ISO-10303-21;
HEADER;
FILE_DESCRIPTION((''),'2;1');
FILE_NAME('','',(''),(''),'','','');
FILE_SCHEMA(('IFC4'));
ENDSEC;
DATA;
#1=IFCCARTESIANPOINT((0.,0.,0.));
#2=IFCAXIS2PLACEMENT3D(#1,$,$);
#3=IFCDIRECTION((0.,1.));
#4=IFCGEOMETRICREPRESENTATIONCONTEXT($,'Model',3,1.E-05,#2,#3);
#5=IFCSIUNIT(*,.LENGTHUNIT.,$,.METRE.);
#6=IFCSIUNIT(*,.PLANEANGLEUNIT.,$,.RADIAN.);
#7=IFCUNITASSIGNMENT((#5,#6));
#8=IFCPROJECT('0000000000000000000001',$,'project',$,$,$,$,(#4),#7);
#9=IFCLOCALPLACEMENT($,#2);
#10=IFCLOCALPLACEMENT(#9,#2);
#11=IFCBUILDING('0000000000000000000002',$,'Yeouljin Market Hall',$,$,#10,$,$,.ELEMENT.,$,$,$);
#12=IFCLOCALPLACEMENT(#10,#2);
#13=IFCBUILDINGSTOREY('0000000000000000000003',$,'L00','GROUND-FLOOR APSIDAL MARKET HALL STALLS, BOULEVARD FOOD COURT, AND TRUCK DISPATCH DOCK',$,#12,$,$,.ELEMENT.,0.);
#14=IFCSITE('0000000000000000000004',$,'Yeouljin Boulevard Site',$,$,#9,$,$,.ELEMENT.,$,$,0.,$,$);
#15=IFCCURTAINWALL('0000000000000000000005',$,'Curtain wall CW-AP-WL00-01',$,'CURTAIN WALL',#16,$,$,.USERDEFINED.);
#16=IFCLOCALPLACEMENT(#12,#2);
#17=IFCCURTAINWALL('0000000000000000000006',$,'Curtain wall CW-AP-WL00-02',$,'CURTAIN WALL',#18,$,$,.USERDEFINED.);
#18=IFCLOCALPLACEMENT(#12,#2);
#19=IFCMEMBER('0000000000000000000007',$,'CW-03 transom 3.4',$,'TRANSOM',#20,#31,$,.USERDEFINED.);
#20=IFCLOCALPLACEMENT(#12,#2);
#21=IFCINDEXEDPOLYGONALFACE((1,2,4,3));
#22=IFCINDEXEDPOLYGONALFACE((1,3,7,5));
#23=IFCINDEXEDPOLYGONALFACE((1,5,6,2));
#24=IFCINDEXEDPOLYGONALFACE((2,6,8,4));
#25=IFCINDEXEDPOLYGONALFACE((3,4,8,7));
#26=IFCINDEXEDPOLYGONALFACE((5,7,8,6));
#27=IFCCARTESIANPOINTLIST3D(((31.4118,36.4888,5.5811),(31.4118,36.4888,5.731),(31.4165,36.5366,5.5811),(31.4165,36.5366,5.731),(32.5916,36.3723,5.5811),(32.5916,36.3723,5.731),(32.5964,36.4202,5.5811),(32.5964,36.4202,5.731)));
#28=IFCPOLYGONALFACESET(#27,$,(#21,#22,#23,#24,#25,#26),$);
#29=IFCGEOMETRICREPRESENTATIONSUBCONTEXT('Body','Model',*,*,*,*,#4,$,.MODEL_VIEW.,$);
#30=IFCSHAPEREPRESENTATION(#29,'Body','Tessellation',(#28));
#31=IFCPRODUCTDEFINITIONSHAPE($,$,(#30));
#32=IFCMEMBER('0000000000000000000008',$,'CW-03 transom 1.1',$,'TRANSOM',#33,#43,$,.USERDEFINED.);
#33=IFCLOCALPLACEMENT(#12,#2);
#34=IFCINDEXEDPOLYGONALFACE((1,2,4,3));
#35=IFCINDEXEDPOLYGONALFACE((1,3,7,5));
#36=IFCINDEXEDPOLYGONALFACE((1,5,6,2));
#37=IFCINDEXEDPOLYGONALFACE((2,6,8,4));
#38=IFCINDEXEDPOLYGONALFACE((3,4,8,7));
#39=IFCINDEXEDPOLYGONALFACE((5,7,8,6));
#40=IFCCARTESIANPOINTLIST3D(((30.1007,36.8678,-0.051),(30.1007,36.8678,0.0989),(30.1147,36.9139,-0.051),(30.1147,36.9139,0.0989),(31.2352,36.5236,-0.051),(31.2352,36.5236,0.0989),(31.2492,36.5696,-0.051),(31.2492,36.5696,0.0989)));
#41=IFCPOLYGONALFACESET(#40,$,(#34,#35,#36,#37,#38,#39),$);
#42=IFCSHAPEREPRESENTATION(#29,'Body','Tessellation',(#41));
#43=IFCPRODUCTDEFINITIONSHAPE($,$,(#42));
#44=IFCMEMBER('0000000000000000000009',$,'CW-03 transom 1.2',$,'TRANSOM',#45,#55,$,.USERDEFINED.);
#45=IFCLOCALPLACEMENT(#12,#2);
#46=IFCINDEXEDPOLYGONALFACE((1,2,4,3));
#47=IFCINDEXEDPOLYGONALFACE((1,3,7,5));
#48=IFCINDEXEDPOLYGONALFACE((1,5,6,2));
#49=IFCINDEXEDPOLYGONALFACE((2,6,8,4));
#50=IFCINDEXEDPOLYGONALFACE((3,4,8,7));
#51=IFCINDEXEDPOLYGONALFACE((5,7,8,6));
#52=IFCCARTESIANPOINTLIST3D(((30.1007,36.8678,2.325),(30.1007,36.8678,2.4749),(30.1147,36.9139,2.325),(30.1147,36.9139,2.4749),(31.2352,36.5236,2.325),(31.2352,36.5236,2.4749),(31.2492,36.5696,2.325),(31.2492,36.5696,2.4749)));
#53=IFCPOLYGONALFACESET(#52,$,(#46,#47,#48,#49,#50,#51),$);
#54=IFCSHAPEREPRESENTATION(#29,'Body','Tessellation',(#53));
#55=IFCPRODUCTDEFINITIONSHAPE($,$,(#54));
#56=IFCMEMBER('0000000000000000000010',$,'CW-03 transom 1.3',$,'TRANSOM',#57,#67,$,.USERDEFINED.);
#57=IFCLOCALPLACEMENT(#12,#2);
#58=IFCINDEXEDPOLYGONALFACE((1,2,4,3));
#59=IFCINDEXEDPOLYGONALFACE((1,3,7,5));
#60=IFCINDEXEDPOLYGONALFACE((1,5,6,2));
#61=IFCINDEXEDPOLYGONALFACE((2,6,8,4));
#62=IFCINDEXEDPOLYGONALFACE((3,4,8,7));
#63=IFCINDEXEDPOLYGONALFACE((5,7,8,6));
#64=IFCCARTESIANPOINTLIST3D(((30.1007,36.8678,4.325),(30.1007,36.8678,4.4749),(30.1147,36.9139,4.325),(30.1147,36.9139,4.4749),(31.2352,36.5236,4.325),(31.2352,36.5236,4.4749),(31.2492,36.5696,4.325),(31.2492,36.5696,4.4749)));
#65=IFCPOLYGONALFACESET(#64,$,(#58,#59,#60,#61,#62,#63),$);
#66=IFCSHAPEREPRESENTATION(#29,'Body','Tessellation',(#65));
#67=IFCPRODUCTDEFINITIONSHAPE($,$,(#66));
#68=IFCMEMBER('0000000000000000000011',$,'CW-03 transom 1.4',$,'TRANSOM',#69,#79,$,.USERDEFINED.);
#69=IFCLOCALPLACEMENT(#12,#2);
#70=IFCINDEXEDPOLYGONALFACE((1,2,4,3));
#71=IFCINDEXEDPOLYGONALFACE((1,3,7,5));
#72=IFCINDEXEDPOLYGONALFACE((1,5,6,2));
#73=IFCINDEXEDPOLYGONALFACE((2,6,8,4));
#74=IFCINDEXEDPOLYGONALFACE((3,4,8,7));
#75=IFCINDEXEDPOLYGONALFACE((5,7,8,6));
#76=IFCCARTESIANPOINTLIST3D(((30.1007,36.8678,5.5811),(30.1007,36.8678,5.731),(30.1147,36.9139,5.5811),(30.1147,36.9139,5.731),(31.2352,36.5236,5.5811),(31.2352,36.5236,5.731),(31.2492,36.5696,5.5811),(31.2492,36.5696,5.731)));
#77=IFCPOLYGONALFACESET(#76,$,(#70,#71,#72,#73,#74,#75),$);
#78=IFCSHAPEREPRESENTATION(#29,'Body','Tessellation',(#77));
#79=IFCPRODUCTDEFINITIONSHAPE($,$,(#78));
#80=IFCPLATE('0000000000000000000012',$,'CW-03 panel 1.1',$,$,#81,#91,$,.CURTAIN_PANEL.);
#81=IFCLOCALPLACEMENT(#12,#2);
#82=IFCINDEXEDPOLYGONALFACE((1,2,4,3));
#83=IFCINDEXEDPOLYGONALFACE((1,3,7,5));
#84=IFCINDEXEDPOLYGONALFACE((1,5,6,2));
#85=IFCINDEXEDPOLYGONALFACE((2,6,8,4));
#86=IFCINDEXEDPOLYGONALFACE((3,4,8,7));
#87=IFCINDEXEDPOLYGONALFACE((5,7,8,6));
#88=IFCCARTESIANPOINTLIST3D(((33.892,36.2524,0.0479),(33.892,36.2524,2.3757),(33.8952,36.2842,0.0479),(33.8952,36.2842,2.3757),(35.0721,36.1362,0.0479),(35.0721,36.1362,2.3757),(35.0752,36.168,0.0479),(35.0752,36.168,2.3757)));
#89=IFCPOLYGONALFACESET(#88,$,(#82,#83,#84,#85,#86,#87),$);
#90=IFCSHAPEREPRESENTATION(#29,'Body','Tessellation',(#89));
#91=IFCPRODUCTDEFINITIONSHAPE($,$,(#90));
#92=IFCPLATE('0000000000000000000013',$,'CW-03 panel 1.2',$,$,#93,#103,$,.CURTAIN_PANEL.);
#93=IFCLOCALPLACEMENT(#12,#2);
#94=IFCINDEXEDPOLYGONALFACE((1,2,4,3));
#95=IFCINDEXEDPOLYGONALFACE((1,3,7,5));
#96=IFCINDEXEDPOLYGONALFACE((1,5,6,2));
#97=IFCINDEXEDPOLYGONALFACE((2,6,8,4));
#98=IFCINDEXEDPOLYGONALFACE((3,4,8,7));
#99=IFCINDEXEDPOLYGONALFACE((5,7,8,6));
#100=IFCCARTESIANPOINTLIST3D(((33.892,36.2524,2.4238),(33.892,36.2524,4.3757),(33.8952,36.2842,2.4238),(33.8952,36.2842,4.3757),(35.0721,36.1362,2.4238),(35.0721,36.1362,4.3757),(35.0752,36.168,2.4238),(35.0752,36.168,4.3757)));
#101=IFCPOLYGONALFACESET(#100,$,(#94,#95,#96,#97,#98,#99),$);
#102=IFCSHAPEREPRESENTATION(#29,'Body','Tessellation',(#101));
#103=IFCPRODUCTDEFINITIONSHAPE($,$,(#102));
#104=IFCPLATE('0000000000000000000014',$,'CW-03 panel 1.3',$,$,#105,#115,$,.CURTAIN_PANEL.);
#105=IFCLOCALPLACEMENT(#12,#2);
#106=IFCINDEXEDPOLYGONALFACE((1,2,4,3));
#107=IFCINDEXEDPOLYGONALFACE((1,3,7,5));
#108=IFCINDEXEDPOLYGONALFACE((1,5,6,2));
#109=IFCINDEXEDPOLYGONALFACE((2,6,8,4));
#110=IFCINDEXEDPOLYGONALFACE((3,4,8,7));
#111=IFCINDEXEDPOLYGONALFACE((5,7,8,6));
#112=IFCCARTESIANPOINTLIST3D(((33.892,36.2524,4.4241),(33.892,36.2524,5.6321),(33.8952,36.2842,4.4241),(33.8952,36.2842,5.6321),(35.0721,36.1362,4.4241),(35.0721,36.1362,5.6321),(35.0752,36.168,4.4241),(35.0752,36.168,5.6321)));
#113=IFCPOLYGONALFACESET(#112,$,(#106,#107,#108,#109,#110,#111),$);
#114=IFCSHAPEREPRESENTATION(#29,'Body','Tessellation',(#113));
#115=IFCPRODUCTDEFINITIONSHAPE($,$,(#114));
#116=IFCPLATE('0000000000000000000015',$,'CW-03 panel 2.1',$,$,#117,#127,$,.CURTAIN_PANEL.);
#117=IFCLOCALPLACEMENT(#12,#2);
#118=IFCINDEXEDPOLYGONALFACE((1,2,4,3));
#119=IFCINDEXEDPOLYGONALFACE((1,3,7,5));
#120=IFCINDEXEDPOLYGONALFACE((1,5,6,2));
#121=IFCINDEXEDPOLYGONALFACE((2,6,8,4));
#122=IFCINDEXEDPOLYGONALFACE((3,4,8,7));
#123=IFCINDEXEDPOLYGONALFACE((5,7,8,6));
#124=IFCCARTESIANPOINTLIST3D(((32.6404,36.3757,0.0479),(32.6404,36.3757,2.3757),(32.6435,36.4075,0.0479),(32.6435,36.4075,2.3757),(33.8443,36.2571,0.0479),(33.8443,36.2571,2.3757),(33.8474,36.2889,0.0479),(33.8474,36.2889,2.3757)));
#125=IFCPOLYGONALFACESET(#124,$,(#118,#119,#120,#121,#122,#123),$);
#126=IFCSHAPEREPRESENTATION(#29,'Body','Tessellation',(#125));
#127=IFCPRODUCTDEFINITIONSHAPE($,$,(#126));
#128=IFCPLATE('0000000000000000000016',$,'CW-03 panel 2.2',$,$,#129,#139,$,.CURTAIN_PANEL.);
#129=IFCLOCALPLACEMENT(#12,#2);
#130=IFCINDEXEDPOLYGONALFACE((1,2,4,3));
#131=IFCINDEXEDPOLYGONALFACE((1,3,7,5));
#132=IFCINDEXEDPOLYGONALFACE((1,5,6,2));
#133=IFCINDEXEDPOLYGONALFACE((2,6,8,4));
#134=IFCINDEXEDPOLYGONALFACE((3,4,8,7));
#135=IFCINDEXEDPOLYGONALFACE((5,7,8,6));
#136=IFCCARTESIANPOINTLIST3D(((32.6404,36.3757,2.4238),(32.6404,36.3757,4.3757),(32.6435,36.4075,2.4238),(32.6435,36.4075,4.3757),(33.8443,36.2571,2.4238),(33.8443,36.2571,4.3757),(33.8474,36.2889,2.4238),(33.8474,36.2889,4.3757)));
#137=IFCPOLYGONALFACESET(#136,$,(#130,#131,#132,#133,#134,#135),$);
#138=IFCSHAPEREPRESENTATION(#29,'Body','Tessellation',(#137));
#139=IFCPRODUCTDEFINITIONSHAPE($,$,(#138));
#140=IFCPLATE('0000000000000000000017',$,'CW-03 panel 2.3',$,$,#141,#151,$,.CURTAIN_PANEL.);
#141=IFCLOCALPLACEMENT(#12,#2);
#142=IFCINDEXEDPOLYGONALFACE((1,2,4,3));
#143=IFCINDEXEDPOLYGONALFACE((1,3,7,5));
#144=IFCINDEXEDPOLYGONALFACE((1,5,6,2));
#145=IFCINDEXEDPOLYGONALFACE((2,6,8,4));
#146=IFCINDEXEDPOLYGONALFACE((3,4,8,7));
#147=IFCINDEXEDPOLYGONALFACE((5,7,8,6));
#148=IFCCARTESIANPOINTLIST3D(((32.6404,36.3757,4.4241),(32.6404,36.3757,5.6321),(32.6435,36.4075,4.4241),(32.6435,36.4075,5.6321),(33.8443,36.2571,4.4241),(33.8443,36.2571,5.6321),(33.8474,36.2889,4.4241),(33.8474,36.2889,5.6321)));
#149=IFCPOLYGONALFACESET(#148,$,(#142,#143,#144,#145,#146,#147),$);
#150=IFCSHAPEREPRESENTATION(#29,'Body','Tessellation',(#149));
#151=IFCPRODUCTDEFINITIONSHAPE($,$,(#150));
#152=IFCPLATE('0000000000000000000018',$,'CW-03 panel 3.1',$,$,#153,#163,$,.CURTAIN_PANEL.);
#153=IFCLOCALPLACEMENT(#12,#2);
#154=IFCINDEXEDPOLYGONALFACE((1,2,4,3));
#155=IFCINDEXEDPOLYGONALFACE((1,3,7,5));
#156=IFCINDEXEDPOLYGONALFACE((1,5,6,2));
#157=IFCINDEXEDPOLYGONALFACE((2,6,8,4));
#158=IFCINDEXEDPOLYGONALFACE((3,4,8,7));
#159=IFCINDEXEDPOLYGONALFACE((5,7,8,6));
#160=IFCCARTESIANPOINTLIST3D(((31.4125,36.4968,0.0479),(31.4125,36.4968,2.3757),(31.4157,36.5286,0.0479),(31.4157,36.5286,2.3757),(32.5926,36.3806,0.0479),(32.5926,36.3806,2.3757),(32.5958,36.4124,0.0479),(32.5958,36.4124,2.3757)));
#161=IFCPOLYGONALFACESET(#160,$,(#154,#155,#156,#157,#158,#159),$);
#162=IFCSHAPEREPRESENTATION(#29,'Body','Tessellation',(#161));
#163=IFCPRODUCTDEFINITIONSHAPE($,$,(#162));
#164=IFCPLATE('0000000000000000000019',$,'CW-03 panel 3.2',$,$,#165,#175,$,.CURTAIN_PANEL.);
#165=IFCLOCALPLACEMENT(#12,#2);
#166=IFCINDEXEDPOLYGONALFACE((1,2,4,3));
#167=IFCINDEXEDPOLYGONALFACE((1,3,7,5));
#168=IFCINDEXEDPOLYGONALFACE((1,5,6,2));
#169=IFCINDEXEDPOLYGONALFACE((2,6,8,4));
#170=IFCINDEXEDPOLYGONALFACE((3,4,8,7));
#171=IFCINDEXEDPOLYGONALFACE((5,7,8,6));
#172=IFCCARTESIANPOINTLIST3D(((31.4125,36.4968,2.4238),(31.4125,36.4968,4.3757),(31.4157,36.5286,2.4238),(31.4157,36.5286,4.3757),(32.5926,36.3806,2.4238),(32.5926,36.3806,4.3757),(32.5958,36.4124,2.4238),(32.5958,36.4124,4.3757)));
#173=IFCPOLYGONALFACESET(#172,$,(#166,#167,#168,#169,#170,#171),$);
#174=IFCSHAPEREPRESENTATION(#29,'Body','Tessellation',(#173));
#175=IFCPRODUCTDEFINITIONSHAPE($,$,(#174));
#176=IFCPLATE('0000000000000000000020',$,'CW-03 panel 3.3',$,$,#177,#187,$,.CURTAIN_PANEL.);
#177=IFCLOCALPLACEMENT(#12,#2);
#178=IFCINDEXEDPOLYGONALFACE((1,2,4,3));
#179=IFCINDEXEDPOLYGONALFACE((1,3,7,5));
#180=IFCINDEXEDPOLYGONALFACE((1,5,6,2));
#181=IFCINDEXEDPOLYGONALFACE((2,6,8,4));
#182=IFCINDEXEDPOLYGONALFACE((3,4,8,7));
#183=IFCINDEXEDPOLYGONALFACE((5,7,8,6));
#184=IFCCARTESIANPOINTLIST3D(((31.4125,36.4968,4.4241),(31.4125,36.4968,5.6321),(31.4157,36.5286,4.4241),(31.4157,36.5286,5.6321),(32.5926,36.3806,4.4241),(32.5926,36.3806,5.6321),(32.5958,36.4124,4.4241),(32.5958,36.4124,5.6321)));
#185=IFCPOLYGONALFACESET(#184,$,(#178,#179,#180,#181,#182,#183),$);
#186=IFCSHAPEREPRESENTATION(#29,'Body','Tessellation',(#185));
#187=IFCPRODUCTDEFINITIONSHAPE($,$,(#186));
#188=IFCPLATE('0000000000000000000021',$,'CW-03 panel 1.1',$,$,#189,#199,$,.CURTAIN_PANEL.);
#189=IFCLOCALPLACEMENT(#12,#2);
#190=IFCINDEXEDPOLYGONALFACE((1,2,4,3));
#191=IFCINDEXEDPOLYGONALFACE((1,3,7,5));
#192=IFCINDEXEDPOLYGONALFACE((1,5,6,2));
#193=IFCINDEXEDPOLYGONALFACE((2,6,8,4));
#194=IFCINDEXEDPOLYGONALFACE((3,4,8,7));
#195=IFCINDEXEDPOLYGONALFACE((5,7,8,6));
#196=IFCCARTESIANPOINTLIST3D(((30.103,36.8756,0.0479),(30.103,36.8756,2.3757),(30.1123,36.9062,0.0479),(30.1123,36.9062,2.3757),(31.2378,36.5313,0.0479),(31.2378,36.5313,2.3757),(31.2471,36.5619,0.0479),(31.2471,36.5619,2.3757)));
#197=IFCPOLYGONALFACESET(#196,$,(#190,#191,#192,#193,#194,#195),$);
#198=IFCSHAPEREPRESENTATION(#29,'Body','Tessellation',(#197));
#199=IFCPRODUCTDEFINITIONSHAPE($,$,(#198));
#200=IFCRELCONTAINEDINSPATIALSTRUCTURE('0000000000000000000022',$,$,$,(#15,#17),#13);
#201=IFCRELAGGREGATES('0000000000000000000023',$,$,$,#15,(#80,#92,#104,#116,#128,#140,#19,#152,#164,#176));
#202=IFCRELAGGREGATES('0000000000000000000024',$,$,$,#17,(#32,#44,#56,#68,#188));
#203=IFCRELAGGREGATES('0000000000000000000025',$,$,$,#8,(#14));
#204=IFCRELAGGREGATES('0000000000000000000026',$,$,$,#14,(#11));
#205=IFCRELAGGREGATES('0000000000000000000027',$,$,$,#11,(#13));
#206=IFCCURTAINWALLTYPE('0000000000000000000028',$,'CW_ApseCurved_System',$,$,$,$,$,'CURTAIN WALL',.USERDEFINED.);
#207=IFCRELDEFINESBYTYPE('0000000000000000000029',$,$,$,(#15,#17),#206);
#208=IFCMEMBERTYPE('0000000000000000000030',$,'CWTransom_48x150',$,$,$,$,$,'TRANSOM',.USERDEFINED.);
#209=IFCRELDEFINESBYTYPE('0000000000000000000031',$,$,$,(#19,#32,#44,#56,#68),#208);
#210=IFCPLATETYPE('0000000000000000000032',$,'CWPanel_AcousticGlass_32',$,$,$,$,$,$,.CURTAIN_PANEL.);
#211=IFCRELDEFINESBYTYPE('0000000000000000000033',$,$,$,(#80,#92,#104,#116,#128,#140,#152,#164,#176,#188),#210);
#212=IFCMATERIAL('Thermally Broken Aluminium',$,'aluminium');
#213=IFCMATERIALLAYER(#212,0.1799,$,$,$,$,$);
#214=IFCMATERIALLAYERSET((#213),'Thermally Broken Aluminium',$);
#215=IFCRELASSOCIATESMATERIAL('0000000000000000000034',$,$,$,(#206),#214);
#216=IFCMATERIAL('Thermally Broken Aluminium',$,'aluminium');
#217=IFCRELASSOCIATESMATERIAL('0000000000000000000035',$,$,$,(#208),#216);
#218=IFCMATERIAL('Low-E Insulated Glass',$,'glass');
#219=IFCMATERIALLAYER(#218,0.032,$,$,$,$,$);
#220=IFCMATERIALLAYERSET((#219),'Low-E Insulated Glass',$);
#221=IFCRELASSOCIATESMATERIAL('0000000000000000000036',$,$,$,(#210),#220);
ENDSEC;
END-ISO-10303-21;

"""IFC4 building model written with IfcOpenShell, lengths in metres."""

from ifc_helpers import new_model, si_unit, direction, frame, origin, origin_2d, place, context, subcontext, project, spatial, rectangle, extrude, material, layer, layer_set, material_profile, profile_set, type_object, element, aggregate, save


model = new_model("IFC4")

# Units and contexts
model_context = context("Model", 3, precision=1e-05, world=origin(), true_north=direction((0.0, 1.0)))
body_context = subcontext(model_context, "Body", "Model", "MODEL_VIEW")
ifc_project = project(units=[si_unit("LENGTHUNIT", "METRE"), si_unit("PLANEANGLEUNIT", "RADIAN")], contexts=[model_context])

# Site, building, storey
site_placement = place(None, origin())
site = spatial("IfcSite", under=ifc_project, at=site_placement, Name="Yeouljin Boulevard Site", CompositionType="ELEMENT", RefElevation=0.0)
building_placement = place(site_placement, origin())
building = spatial("IfcBuilding", under=site, at=building_placement, Name="Yeouljin Market Hall", CompositionType="ELEMENT")
storey_placement = place(building_placement, origin())
storey = spatial("IfcBuildingStorey", under=building, at=storey_placement, Name="L00", Description="GROUND-FLOOR APSIDAL MARKET HALL STALLS, BOULEVARD FOOD COURT, AND TRUCK DISPATCH DOCK", CompositionType="ELEMENT", Elevation=0.0)

# Curtain wall
ifc_material_1 = material(Name="Thermally Broken Aluminium", Category="aluminium")
ifc_layer_1 = layer(ifc_material_1, 0.1799)
ifc_layer_set_1 = layer_set([ifc_layer_1], Name="Thermally Broken Aluminium")
curtain_wall_type = type_object("IfcCurtainWallType", Name="CW_ApseCurved_System", ElementType="CURTAIN WALL", PredefinedType="USERDEFINED", material=ifc_layer_set_1)
curtain_wall_1_placement = place(storey_placement, origin())
curtain_wall_1 = element("IfcCurtainWall", 1, at=curtain_wall_1_placement, inside=storey, type_object=curtain_wall_type, Name="Curtain wall CW-AP-WL00-01", ObjectType="CURTAIN WALL", PredefinedType="USERDEFINED")

# Curtain wall
curtain_wall_2_placement = place(storey_placement, origin())
curtain_wall_2 = element("IfcCurtainWall", 2, at=curtain_wall_2_placement, inside=storey, type_object=curtain_wall_type, Name="Curtain wall CW-AP-WL00-02", ObjectType="CURTAIN WALL", PredefinedType="USERDEFINED")

# Members
ifc_material_2 = material(Name="Thermally Broken Aluminium", Category="aluminium")
ifc_material_profile_1 = material_profile(ifc_material_2, rectangle(XDim=0.0481, YDim=0.1499, at=origin_2d()), Name="CW-TRAN-48x150")
ifc_profile_set_1 = profile_set([ifc_material_profile_1], Name="Thermally Broken Aluminium")
member_type_1 = type_object("IfcMemberType", Name="CWTransom_48x150", ElementType="TRANSOM", PredefinedType="USERDEFINED", material=ifc_profile_set_1)
member_1_placement = place(storey_placement, frame((32.594, 36.3962, 5.656), z_axis=(-0.995165, 0.098219, 0.0), x_axis=(-0.098219, -0.995165, 0.0)))
member_1 = element("IfcMember", 3, at=member_1_placement, type_object=member_type_1, Name="CW-03 transom 3.4", ObjectType="TRANSOM", PredefinedType="USERDEFINED", context=body_context, shape_type="SweptSolid", body=[
    extrude(rectangle(XDim=0.0481, YDim=0.1499, at=origin_2d()), origin(), (0.0, 0.0, 1.0), 1.1855),
])
member_2_placement = place(storey_placement, frame((31.2422, 36.5466, 0.0239), z_axis=(-0.95692, 0.29035, 0.0), x_axis=(-0.29035, -0.95692, 0.0)))
member_2 = element("IfcMember", 4, at=member_2_placement, type_object=member_type_1, Name="CW-03 transom 1.1", ObjectType="TRANSOM", PredefinedType="USERDEFINED", context=body_context, shape_type="SweptSolid", body=[
    extrude(rectangle(XDim=0.0481, YDim=0.1499, at=origin_2d()), origin(), (0.0, 0.0, 1.0), 1.1855),
])
member_3_placement = place(storey_placement, frame((31.2422, 36.5466, 2.3999), z_axis=(-0.95692, 0.29035, 0.0), x_axis=(-0.29035, -0.95692, 0.0)))
member_3 = element("IfcMember", 5, at=member_3_placement, type_object=member_type_1, Name="CW-03 transom 1.2", ObjectType="TRANSOM", PredefinedType="USERDEFINED", context=body_context, shape_type="SweptSolid", body=[
    extrude(rectangle(XDim=0.0481, YDim=0.1499, at=origin_2d()), origin(), (0.0, 0.0, 1.0), 1.1855),
])
member_4_placement = place(storey_placement, frame((31.2422, 36.5466, 4.3999), z_axis=(-0.95692, 0.29035, 0.0), x_axis=(-0.29035, -0.95692, 0.0)))
member_4 = element("IfcMember", 6, at=member_4_placement, type_object=member_type_1, Name="CW-03 transom 1.3", ObjectType="TRANSOM", PredefinedType="USERDEFINED", context=body_context, shape_type="SweptSolid", body=[
    extrude(rectangle(XDim=0.0481, YDim=0.1499, at=origin_2d()), origin(), (0.0, 0.0, 1.0), 1.1855),
])
member_5_placement = place(storey_placement, frame((31.2422, 36.5466, 5.656), z_axis=(-0.95692, 0.29035, 0.0), x_axis=(-0.29035, -0.95692, 0.0)))
member_5 = element("IfcMember", 7, at=member_5_placement, type_object=member_type_1, Name="CW-03 transom 1.4", ObjectType="TRANSOM", PredefinedType="USERDEFINED", context=body_context, shape_type="SweptSolid", body=[
    extrude(rectangle(XDim=0.0481, YDim=0.1499, at=origin_2d()), origin(), (0.0, 0.0, 1.0), 1.1855),
])

# Plates
ifc_material_3 = material(Name="Low-E Insulated Glass", Category="glass")
ifc_layer_2 = layer(ifc_material_3, 0.032)
ifc_layer_set_2 = layer_set([ifc_layer_2], Name="Low-E Insulated Glass")
plate_type = type_object("IfcPlateType", Name="CWPanel_AcousticGlass_32", PredefinedType="CURTAIN_PANEL", material=ifc_layer_set_2)
plate_1_placement = place(storey_placement, frame((34.4836, 36.2102, 0.0479), z_axis=(0.0, 0.0, 1.0), x_axis=(-0.995183, 0.098034, 0.0)))
plate_1 = element("IfcPlate", 8, at=plate_1_placement, type_object=plate_type, Name="CW-03 panel 1.1", PredefinedType="CURTAIN_PANEL", context=body_context, shape_type="SweptSolid", body=[
    extrude(rectangle(XDim=1.1858, YDim=0.032, at=origin_2d()), origin(), (0.0, 0.0, 1.0), 2.3279),
])
plate_2_placement = place(storey_placement, frame((34.4836, 36.2102, 2.4238), z_axis=(0.0, 0.0, 1.0), x_axis=(-0.995183, 0.098034, 0.0)))
plate_2 = element("IfcPlate", 9, at=plate_2_placement, type_object=plate_type, Name="CW-03 panel 1.2", PredefinedType="CURTAIN_PANEL", context=body_context, shape_type="SweptSolid", body=[
    extrude(rectangle(XDim=1.1858, YDim=0.032, at=origin_2d()), origin(), (0.0, 0.0, 1.0), 1.9519),
])
plate_3_placement = place(storey_placement, frame((34.4836, 36.2102, 4.4241), z_axis=(0.0, 0.0, 1.0), x_axis=(-0.995183, 0.098034, 0.0)))
plate_3 = element("IfcPlate", 10, at=plate_3_placement, type_object=plate_type, Name="CW-03 panel 1.3", PredefinedType="CURTAIN_PANEL", context=body_context, shape_type="SweptSolid", body=[
    extrude(rectangle(XDim=1.1858, YDim=0.032, at=origin_2d()), origin(), (0.0, 0.0, 1.0), 1.208),
])
plate_4_placement = place(storey_placement, frame((33.2439, 36.3323, 0.0479), z_axis=(0.0, 0.0, 1.0), x_axis=(-0.995183, 0.098034, 0.0)))
plate_4 = element("IfcPlate", 11, at=plate_4_placement, type_object=plate_type, Name="CW-03 panel 2.1", PredefinedType="CURTAIN_PANEL", context=body_context, shape_type="SweptSolid", body=[
    extrude(rectangle(XDim=1.2097, YDim=0.032, at=origin_2d()), origin(), (0.0, 0.0, 1.0), 2.3279),
])
plate_5_placement = place(storey_placement, frame((33.2439, 36.3323, 2.4238), z_axis=(0.0, 0.0, 1.0), x_axis=(-0.995183, 0.098034, 0.0)))
plate_5 = element("IfcPlate", 12, at=plate_5_placement, type_object=plate_type, Name="CW-03 panel 2.2", PredefinedType="CURTAIN_PANEL", context=body_context, shape_type="SweptSolid", body=[
    extrude(rectangle(XDim=1.2097, YDim=0.032, at=origin_2d()), origin(), (0.0, 0.0, 1.0), 1.9519),
])
plate_6_placement = place(storey_placement, frame((33.2439, 36.3323, 4.4241), z_axis=(0.0, 0.0, 1.0), x_axis=(-0.995183, 0.098034, 0.0)))
plate_6 = element("IfcPlate", 13, at=plate_6_placement, type_object=plate_type, Name="CW-03 panel 2.3", PredefinedType="CURTAIN_PANEL", context=body_context, shape_type="SweptSolid", body=[
    extrude(rectangle(XDim=1.2097, YDim=0.032, at=origin_2d()), origin(), (0.0, 0.0, 1.0), 1.208),
])
plate_7_placement = place(storey_placement, frame((32.0042, 36.4546, 0.0479), z_axis=(0.0, 0.0, 1.0), x_axis=(-0.995183, 0.098034, 0.0)))
plate_7 = element("IfcPlate", 14, at=plate_7_placement, type_object=plate_type, Name="CW-03 panel 3.1", PredefinedType="CURTAIN_PANEL", context=body_context, shape_type="SweptSolid", body=[
    extrude(rectangle(XDim=1.1858, YDim=0.032, at=origin_2d()), origin(), (0.0, 0.0, 1.0), 2.3279),
])
plate_8_placement = place(storey_placement, frame((32.0042, 36.4546, 2.4238), z_axis=(0.0, 0.0, 1.0), x_axis=(-0.995183, 0.098034, 0.0)))
plate_8 = element("IfcPlate", 15, at=plate_8_placement, type_object=plate_type, Name="CW-03 panel 3.2", PredefinedType="CURTAIN_PANEL", context=body_context, shape_type="SweptSolid", body=[
    extrude(rectangle(XDim=1.1858, YDim=0.032, at=origin_2d()), origin(), (0.0, 0.0, 1.0), 1.9519),
])
plate_9_placement = place(storey_placement, frame((32.0042, 36.4546, 4.4241), z_axis=(0.0, 0.0, 1.0), x_axis=(-0.995183, 0.098034, 0.0)))
plate_9 = element("IfcPlate", 16, at=plate_9_placement, type_object=plate_type, Name="CW-03 panel 3.3", PredefinedType="CURTAIN_PANEL", context=body_context, shape_type="SweptSolid", body=[
    extrude(rectangle(XDim=1.1858, YDim=0.032, at=origin_2d()), origin(), (0.0, 0.0, 1.0), 1.208),
])
aggregate(curtain_wall_1, [plate_1, plate_2, plate_3, plate_4, plate_5, plate_6, member_1, plate_7, plate_8, plate_9])
plate_10_placement = place(storey_placement, frame((30.675, 36.7188, 0.0479), z_axis=(0.0, 0.0, 1.0), x_axis=(-0.95694, 0.290286, 0.0)))
plate_10 = element("IfcPlate", 17, at=plate_10_placement, type_object=plate_type, Name="CW-03 panel 1.1", PredefinedType="CURTAIN_PANEL", context=body_context, shape_type="SweptSolid", body=[
    extrude(rectangle(XDim=1.1858, YDim=0.032, at=origin_2d()), origin(), (0.0, 0.0, 1.0), 2.3279),
])
aggregate(curtain_wall_2, [member_2, member_3, member_4, member_5, plate_10])

save(model, "model.ifc")
